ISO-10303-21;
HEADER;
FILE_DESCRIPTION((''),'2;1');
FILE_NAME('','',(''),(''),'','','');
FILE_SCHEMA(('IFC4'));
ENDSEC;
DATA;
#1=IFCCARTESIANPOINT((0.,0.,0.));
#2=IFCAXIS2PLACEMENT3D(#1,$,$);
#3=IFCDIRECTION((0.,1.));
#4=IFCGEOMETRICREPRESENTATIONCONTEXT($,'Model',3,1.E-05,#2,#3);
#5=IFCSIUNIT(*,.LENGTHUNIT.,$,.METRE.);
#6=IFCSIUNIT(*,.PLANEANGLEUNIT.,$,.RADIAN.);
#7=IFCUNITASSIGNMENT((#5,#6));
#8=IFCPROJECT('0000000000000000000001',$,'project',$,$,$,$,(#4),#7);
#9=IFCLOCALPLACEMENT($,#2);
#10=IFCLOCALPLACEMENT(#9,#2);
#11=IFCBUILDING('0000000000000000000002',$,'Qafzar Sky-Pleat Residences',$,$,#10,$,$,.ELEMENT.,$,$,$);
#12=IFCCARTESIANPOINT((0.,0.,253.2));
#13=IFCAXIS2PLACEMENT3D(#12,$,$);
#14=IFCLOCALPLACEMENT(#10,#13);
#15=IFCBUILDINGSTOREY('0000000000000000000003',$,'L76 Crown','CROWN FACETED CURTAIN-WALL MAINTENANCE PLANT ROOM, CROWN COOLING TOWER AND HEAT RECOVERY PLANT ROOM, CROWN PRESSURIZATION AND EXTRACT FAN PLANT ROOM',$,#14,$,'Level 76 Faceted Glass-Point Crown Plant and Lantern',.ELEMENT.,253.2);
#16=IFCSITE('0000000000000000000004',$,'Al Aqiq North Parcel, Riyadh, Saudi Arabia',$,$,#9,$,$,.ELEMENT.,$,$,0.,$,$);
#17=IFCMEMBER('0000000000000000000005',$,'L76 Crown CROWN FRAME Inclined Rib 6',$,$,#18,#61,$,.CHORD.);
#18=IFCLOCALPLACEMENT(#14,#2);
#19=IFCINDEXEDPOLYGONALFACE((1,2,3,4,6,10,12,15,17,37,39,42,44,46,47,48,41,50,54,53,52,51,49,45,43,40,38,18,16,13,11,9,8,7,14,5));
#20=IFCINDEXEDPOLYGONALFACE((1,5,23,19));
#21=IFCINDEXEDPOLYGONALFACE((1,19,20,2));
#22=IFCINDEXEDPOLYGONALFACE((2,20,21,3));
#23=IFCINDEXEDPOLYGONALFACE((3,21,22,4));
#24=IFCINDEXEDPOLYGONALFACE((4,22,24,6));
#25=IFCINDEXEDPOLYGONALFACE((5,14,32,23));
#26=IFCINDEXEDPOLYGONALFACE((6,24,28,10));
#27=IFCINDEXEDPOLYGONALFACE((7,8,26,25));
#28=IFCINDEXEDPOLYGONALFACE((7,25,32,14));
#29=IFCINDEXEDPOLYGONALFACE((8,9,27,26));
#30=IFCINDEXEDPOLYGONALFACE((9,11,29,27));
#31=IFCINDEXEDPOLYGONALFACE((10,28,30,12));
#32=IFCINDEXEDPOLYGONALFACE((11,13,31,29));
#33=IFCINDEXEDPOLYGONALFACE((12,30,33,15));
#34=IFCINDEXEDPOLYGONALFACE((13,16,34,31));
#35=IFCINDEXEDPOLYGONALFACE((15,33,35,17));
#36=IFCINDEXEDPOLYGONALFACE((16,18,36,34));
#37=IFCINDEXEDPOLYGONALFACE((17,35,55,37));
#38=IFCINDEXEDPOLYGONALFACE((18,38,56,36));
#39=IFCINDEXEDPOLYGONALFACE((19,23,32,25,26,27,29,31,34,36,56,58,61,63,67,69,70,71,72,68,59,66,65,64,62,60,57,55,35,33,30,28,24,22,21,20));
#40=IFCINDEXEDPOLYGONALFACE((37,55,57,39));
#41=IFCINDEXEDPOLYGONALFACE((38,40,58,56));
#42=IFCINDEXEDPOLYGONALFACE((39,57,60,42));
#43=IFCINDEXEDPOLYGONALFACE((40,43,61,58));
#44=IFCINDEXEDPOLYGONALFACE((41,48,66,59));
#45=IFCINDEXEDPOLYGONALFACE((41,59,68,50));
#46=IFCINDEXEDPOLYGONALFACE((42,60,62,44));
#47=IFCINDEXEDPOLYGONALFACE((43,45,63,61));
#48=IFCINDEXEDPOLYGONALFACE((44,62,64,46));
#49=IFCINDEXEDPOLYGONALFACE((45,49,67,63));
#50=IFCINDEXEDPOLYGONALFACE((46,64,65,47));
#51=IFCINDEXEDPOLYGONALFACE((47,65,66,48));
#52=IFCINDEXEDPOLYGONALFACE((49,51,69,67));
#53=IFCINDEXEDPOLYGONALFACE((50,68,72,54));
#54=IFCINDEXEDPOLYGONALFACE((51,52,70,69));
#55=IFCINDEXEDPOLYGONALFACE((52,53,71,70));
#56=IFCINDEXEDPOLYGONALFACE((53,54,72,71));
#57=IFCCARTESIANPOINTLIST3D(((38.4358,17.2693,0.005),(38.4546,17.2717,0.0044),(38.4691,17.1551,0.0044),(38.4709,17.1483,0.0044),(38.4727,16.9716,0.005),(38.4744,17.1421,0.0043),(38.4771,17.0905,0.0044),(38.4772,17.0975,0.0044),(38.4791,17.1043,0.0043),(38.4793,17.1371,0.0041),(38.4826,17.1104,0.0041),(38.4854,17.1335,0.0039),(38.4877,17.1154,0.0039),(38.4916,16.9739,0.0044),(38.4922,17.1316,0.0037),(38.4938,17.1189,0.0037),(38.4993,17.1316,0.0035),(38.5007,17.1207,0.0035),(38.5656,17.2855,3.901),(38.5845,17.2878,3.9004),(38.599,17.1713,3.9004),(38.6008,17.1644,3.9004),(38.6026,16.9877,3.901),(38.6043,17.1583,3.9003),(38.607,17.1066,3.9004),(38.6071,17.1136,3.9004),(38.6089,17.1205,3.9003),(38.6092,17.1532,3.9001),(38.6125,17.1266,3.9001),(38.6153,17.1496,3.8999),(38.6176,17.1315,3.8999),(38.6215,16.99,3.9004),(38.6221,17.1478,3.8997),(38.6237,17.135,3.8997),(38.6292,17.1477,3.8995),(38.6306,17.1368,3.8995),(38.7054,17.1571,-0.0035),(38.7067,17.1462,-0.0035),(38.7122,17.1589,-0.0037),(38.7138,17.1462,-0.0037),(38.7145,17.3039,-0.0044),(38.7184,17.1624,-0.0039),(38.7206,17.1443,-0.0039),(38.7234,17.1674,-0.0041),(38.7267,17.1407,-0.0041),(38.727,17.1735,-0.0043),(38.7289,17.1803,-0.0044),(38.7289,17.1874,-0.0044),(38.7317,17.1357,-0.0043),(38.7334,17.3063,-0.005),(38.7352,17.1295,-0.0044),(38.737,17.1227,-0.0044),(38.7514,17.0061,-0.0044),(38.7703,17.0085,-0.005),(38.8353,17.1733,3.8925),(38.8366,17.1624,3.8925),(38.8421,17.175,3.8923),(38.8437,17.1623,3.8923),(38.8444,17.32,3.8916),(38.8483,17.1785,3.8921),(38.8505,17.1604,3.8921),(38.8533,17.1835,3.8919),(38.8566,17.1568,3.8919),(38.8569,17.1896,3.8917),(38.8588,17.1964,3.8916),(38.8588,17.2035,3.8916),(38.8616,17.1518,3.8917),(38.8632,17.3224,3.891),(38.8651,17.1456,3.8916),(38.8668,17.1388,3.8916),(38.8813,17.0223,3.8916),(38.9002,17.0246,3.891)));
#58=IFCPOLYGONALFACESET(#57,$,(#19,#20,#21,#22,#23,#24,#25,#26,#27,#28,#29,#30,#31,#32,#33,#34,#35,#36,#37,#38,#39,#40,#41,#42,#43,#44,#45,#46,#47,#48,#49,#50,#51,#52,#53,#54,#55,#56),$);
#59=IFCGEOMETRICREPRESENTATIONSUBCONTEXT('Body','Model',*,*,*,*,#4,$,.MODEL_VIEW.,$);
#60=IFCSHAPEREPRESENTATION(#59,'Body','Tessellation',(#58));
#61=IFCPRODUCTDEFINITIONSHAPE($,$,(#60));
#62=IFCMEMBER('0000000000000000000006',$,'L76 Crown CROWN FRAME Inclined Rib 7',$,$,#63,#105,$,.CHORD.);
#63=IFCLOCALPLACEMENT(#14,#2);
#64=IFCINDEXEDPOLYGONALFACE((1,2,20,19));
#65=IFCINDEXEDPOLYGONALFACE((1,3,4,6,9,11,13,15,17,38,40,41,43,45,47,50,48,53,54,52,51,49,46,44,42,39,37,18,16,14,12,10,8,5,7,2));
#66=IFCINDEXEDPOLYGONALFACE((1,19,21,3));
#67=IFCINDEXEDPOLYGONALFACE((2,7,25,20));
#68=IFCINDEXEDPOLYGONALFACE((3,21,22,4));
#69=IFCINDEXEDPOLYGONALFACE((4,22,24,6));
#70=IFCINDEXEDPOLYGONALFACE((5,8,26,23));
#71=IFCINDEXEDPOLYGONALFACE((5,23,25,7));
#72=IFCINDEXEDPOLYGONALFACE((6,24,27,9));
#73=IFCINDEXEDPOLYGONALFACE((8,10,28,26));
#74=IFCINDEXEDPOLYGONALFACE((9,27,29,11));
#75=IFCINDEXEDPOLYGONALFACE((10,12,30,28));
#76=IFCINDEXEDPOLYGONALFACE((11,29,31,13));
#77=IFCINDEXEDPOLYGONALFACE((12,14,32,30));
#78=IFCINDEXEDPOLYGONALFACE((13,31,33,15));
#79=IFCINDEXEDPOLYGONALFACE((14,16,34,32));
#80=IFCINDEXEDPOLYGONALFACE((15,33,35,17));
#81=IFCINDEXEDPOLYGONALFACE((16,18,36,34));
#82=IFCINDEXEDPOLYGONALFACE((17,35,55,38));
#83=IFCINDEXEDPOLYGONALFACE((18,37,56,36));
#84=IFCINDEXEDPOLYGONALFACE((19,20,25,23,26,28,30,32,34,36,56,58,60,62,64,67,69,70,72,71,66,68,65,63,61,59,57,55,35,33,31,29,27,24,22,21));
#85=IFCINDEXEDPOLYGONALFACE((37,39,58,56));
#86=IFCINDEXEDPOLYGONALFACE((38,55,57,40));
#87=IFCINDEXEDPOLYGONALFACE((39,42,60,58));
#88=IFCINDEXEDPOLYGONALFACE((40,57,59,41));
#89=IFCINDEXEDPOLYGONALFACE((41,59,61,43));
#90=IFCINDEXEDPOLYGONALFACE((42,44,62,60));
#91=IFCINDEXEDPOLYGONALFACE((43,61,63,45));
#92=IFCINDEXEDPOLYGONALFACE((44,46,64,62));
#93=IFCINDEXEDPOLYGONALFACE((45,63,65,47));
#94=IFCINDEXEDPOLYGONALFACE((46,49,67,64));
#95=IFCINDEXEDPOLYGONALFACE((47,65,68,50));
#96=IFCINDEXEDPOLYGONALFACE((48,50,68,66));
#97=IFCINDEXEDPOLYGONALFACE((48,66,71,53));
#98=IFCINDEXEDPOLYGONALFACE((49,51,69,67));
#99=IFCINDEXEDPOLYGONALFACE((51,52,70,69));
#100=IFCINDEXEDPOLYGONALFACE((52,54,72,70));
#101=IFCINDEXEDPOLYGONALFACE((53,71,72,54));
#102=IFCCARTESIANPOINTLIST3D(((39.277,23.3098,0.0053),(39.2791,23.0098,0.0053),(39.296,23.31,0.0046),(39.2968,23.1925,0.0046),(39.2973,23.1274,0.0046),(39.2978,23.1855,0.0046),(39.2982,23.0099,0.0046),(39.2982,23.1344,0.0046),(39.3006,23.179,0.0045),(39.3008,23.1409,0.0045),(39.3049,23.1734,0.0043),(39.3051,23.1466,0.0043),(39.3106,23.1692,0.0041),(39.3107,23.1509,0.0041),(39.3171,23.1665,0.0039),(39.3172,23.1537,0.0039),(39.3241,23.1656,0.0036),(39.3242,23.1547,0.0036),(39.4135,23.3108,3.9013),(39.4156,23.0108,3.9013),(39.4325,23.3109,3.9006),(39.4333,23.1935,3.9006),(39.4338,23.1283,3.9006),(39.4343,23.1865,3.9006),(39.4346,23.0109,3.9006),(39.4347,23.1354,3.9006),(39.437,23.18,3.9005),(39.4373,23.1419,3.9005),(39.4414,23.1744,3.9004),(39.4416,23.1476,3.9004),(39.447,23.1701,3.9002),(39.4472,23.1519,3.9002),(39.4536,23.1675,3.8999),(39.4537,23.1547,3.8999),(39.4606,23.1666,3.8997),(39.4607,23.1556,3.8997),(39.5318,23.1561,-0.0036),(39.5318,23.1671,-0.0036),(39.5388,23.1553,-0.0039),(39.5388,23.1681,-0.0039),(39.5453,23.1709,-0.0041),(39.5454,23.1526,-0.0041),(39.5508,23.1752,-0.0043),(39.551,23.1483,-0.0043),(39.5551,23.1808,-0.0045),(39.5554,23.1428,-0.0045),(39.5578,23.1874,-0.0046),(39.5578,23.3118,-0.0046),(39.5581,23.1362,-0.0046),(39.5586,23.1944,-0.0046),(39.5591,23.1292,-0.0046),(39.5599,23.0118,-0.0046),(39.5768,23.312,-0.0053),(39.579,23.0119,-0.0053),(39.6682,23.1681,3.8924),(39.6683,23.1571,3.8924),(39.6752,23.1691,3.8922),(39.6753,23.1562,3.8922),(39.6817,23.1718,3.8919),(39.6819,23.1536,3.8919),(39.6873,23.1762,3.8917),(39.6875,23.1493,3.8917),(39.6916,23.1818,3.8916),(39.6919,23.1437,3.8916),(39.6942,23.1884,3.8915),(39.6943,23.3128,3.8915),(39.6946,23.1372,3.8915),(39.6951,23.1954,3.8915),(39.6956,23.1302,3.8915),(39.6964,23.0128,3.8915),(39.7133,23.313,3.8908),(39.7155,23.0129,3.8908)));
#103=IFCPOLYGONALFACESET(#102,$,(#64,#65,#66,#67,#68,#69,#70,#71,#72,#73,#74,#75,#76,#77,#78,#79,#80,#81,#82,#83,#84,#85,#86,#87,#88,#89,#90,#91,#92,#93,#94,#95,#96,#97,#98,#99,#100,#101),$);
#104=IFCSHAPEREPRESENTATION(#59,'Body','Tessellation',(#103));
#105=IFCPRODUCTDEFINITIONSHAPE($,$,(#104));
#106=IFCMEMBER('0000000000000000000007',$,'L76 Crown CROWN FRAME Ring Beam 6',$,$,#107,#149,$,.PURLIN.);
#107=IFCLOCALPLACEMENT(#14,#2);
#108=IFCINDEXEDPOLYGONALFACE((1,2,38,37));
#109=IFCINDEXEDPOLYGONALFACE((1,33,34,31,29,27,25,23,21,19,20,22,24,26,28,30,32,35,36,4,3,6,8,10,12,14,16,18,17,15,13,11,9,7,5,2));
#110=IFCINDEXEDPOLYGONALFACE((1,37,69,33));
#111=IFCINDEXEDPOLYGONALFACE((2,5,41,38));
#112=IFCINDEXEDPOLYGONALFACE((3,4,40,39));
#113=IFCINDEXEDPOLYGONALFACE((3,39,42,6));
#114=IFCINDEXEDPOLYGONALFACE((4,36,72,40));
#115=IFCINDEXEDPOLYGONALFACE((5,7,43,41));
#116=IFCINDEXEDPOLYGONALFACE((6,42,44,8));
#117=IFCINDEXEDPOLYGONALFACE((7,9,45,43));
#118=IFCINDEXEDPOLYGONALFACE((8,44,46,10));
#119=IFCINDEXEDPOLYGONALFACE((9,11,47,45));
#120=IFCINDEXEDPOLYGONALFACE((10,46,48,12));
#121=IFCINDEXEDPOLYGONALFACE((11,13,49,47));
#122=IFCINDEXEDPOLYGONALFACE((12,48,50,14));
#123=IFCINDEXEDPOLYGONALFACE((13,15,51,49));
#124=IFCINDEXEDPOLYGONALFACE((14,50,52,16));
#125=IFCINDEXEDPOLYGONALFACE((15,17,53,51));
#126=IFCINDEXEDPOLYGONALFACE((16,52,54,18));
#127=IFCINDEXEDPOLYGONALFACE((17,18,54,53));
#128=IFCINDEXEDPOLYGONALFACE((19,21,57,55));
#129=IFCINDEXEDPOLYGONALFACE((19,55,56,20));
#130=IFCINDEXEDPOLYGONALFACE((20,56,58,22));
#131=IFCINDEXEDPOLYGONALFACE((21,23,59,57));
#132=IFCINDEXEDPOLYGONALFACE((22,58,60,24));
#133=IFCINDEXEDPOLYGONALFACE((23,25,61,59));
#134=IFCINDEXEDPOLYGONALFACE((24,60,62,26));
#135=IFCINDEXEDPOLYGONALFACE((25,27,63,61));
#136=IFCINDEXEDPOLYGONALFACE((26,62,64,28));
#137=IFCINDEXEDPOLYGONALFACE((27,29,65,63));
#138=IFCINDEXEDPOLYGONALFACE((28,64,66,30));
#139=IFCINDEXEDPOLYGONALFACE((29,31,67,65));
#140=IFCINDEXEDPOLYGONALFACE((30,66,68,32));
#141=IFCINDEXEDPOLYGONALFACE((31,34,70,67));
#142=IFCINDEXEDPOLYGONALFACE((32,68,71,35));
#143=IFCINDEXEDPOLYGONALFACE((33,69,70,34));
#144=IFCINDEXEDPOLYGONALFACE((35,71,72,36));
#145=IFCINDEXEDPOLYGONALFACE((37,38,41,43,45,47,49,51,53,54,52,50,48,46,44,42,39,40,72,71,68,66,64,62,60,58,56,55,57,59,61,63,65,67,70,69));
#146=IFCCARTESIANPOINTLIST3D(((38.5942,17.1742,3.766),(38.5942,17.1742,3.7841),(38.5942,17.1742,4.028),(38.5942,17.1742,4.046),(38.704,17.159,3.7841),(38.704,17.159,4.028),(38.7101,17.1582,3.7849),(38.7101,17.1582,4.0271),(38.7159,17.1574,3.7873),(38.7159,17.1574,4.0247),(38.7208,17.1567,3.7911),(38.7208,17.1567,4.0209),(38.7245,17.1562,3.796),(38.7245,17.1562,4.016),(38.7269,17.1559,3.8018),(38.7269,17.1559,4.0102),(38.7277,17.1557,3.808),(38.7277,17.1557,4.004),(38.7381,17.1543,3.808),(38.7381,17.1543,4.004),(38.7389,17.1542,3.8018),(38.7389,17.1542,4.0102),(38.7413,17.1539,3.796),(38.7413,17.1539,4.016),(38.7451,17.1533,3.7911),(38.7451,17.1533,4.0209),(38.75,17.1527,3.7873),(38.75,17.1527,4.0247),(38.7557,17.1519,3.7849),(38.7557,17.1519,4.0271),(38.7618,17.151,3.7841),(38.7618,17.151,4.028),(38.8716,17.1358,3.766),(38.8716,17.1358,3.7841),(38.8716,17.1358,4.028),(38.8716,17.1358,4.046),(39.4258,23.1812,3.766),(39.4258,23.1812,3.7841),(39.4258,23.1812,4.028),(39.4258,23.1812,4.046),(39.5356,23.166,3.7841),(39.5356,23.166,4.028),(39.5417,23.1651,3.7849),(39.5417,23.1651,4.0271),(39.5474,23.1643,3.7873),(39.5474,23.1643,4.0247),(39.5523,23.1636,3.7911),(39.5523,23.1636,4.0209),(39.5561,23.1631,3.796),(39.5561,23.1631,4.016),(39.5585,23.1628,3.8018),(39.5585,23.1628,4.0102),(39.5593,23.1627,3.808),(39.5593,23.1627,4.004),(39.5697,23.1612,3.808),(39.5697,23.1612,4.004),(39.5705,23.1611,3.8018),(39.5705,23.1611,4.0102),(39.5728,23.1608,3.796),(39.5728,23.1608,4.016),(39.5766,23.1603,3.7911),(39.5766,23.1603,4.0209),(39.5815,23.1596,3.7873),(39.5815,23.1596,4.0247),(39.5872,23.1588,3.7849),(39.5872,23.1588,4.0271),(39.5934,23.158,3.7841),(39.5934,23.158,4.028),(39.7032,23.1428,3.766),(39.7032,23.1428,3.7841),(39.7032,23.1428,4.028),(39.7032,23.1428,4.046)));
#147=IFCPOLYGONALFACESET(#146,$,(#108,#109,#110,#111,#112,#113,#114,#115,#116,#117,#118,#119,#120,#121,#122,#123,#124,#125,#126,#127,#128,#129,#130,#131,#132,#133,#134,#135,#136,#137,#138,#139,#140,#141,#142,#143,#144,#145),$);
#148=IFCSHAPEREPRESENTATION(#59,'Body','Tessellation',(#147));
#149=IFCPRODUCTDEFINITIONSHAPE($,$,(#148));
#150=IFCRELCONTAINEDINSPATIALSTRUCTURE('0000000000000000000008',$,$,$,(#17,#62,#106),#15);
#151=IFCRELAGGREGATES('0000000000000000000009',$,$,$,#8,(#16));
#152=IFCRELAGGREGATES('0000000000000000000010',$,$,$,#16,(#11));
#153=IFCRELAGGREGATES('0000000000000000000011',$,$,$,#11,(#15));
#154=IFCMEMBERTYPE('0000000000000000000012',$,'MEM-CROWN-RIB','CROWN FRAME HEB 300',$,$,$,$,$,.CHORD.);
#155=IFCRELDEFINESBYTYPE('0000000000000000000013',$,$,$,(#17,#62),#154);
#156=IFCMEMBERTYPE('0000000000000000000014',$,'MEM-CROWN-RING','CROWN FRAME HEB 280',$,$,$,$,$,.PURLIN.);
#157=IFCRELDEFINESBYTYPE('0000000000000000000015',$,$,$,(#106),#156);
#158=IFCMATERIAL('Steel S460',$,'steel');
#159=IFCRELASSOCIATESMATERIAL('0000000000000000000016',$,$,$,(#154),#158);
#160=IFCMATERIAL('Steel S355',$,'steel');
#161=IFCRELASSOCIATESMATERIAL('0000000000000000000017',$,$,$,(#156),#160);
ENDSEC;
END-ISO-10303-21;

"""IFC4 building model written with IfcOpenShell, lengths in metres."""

from ifc_helpers import new_model, si_unit, direction, frame, origin, origin_2d, place, context, subcontext, project, spatial, i_section, extrude, source, transform, mapped, material, material_profile, profile_set, type_object, element, save


model = new_model("IFC4")

# Units and contexts
model_context = context("Model", 3, precision=1e-05, world=origin(), true_north=direction((0.0, 1.0)))
body_context = subcontext(model_context, "Body", "Model", "MODEL_VIEW")
ifc_project = project(units=[si_unit("LENGTHUNIT", "METRE"), si_unit("PLANEANGLEUNIT", "RADIAN")], contexts=[model_context])

# Site, building, storey
site_placement = place(None, origin())
site = spatial("IfcSite", under=ifc_project, at=site_placement, Name="Al Aqiq North Parcel, Riyadh, Saudi Arabia", CompositionType="ELEMENT", RefElevation=0.0)
building_placement = place(site_placement, origin())
building = spatial("IfcBuilding", under=site, at=building_placement, Name="Qafzar Sky-Pleat Residences", CompositionType="ELEMENT")
storey_placement = place(building_placement, frame((0.0, 0.0, 253.2)))
storey = spatial("IfcBuildingStorey", under=building, at=storey_placement, Name="L76 Crown", Description="CROWN FACETED CURTAIN-WALL MAINTENANCE PLANT ROOM, CROWN COOLING TOWER AND HEAT RECOVERY PLANT ROOM, CROWN PRESSURIZATION AND EXTRACT FAN PLANT ROOM", LongName="Level 76 Faceted Glass-Point Crown Plant and Lantern", CompositionType="ELEMENT", Elevation=253.2)

# Members
ifc_material_1 = material(Name="Steel S460", Category="steel")
ifc_material_profile_1 = material_profile(ifc_material_1, i_section(OverallWidth=0.3, OverallDepth=0.3, WebThickness=0.011, FlangeThickness=0.019, FilletRadius=0.0271, at=origin_2d()), Name="HEB 300")
ifc_profile_set_1 = profile_set([ifc_material_profile_1], Name="Steel S460")
member_type_1 = type_object("IfcMemberType", Name="MEM-CROWN-RIB", Description="CROWN FRAME HEB 300", PredefinedType="CHORD", material=ifc_profile_set_1)
shared_shape_1 = source(origin(), body_context, "Body", "SweptSolid", [
    extrude(i_section(OverallWidth=0.3, OverallDepth=0.3, WebThickness=0.011, FlangeThickness=0.019, FilletRadius=0.0271, at=origin_2d()), origin(), (0.0, 0.0, 1.0), 3.8982),
])
member_1_placement = place(storey_placement, frame((38.603, 17.1389, 0.0), z_axis=(0.033319, 0.004134, 0.999436), x_axis=(-0.123116, 0.992392, 0.0)))
element("IfcMember", 1, at=member_1_placement, inside=storey, type_object=member_type_1, Name="L76 Crown CROWN FRAME Inclined Rib 6", PredefinedType="CHORD", context=body_context, shape_type="MappedRepresentation", body=[
    mapped(shared_shape_1, transform((0.0, 0.0, 0.0), x_axis=(1.0, 0.0, 0.0), y_axis=(0.0, 1.0, 0.0), z_axis=(0.0, 0.0, 1.0), scale=1.0)),
])
shared_shape_2 = source(origin(), body_context, "Body", "SweptSolid", [
    extrude(i_section(OverallWidth=0.3, OverallDepth=0.3, WebThickness=0.011, FlangeThickness=0.019, FilletRadius=0.0271, at=origin_2d()), origin(), (0.0, 0.0, 1.0), 3.8984),
])
member_2_placement = place(storey_placement, frame((39.428, 23.1609, 0.0), z_axis=(0.035008, 0.000251, 0.999387), x_axis=(-0.007155, 0.999974, 0.0)))
element("IfcMember", 2, at=member_2_placement, inside=storey, type_object=member_type_1, Name="L76 Crown CROWN FRAME Inclined Rib 7", PredefinedType="CHORD", context=body_context, shape_type="MappedRepresentation", body=[
    mapped(shared_shape_2, transform((0.0, 0.0, 0.0), x_axis=(1.0, 0.0, 0.0), y_axis=(0.0, 1.0, 0.0), z_axis=(0.0, 0.0, 1.0), scale=1.0)),
])
ifc_material_2 = material(Name="Steel S355", Category="steel")
ifc_material_profile_2 = material_profile(ifc_material_2, i_section(OverallWidth=0.28, OverallDepth=0.28, WebThickness=0.0105, FlangeThickness=0.0181, FilletRadius=0.0239, at=origin_2d()), Name="HEB 280")
ifc_profile_set_2 = profile_set([ifc_material_profile_2], Name="Steel S355")
member_type_2 = type_object("IfcMemberType", Name="MEM-CROWN-RING", Description="CROWN FRAME HEB 280", PredefinedType="PURLIN", material=ifc_profile_set_2)
shared_shape_3 = source(origin(), body_context, "Body", "SweptSolid", [
    extrude(i_section(OverallWidth=0.28, OverallDepth=0.28, WebThickness=0.0105, FlangeThickness=0.0181, FilletRadius=0.0239, at=origin_2d()), origin(), (0.0, 0.0, 1.0), 6.0642),
])
member_3_placement = place(storey_placement, frame((38.7329, 17.155, 3.906), z_axis=(0.137125, 0.990554, 0.0), x_axis=(-0.990554, 0.137125, 0.0)))
element("IfcMember", 3, at=member_3_placement, inside=storey, type_object=member_type_2, Name="L76 Crown CROWN FRAME Ring Beam 6", PredefinedType="PURLIN", context=body_context, shape_type="MappedRepresentation", body=[
    mapped(shared_shape_3, transform((0.0, 0.0, 0.0), x_axis=(1.0, 0.0, 0.0), y_axis=(0.0, 1.0, 0.0), z_axis=(0.0, 0.0, 1.0), scale=1.0)),
])

save(model, "model.ifc")
